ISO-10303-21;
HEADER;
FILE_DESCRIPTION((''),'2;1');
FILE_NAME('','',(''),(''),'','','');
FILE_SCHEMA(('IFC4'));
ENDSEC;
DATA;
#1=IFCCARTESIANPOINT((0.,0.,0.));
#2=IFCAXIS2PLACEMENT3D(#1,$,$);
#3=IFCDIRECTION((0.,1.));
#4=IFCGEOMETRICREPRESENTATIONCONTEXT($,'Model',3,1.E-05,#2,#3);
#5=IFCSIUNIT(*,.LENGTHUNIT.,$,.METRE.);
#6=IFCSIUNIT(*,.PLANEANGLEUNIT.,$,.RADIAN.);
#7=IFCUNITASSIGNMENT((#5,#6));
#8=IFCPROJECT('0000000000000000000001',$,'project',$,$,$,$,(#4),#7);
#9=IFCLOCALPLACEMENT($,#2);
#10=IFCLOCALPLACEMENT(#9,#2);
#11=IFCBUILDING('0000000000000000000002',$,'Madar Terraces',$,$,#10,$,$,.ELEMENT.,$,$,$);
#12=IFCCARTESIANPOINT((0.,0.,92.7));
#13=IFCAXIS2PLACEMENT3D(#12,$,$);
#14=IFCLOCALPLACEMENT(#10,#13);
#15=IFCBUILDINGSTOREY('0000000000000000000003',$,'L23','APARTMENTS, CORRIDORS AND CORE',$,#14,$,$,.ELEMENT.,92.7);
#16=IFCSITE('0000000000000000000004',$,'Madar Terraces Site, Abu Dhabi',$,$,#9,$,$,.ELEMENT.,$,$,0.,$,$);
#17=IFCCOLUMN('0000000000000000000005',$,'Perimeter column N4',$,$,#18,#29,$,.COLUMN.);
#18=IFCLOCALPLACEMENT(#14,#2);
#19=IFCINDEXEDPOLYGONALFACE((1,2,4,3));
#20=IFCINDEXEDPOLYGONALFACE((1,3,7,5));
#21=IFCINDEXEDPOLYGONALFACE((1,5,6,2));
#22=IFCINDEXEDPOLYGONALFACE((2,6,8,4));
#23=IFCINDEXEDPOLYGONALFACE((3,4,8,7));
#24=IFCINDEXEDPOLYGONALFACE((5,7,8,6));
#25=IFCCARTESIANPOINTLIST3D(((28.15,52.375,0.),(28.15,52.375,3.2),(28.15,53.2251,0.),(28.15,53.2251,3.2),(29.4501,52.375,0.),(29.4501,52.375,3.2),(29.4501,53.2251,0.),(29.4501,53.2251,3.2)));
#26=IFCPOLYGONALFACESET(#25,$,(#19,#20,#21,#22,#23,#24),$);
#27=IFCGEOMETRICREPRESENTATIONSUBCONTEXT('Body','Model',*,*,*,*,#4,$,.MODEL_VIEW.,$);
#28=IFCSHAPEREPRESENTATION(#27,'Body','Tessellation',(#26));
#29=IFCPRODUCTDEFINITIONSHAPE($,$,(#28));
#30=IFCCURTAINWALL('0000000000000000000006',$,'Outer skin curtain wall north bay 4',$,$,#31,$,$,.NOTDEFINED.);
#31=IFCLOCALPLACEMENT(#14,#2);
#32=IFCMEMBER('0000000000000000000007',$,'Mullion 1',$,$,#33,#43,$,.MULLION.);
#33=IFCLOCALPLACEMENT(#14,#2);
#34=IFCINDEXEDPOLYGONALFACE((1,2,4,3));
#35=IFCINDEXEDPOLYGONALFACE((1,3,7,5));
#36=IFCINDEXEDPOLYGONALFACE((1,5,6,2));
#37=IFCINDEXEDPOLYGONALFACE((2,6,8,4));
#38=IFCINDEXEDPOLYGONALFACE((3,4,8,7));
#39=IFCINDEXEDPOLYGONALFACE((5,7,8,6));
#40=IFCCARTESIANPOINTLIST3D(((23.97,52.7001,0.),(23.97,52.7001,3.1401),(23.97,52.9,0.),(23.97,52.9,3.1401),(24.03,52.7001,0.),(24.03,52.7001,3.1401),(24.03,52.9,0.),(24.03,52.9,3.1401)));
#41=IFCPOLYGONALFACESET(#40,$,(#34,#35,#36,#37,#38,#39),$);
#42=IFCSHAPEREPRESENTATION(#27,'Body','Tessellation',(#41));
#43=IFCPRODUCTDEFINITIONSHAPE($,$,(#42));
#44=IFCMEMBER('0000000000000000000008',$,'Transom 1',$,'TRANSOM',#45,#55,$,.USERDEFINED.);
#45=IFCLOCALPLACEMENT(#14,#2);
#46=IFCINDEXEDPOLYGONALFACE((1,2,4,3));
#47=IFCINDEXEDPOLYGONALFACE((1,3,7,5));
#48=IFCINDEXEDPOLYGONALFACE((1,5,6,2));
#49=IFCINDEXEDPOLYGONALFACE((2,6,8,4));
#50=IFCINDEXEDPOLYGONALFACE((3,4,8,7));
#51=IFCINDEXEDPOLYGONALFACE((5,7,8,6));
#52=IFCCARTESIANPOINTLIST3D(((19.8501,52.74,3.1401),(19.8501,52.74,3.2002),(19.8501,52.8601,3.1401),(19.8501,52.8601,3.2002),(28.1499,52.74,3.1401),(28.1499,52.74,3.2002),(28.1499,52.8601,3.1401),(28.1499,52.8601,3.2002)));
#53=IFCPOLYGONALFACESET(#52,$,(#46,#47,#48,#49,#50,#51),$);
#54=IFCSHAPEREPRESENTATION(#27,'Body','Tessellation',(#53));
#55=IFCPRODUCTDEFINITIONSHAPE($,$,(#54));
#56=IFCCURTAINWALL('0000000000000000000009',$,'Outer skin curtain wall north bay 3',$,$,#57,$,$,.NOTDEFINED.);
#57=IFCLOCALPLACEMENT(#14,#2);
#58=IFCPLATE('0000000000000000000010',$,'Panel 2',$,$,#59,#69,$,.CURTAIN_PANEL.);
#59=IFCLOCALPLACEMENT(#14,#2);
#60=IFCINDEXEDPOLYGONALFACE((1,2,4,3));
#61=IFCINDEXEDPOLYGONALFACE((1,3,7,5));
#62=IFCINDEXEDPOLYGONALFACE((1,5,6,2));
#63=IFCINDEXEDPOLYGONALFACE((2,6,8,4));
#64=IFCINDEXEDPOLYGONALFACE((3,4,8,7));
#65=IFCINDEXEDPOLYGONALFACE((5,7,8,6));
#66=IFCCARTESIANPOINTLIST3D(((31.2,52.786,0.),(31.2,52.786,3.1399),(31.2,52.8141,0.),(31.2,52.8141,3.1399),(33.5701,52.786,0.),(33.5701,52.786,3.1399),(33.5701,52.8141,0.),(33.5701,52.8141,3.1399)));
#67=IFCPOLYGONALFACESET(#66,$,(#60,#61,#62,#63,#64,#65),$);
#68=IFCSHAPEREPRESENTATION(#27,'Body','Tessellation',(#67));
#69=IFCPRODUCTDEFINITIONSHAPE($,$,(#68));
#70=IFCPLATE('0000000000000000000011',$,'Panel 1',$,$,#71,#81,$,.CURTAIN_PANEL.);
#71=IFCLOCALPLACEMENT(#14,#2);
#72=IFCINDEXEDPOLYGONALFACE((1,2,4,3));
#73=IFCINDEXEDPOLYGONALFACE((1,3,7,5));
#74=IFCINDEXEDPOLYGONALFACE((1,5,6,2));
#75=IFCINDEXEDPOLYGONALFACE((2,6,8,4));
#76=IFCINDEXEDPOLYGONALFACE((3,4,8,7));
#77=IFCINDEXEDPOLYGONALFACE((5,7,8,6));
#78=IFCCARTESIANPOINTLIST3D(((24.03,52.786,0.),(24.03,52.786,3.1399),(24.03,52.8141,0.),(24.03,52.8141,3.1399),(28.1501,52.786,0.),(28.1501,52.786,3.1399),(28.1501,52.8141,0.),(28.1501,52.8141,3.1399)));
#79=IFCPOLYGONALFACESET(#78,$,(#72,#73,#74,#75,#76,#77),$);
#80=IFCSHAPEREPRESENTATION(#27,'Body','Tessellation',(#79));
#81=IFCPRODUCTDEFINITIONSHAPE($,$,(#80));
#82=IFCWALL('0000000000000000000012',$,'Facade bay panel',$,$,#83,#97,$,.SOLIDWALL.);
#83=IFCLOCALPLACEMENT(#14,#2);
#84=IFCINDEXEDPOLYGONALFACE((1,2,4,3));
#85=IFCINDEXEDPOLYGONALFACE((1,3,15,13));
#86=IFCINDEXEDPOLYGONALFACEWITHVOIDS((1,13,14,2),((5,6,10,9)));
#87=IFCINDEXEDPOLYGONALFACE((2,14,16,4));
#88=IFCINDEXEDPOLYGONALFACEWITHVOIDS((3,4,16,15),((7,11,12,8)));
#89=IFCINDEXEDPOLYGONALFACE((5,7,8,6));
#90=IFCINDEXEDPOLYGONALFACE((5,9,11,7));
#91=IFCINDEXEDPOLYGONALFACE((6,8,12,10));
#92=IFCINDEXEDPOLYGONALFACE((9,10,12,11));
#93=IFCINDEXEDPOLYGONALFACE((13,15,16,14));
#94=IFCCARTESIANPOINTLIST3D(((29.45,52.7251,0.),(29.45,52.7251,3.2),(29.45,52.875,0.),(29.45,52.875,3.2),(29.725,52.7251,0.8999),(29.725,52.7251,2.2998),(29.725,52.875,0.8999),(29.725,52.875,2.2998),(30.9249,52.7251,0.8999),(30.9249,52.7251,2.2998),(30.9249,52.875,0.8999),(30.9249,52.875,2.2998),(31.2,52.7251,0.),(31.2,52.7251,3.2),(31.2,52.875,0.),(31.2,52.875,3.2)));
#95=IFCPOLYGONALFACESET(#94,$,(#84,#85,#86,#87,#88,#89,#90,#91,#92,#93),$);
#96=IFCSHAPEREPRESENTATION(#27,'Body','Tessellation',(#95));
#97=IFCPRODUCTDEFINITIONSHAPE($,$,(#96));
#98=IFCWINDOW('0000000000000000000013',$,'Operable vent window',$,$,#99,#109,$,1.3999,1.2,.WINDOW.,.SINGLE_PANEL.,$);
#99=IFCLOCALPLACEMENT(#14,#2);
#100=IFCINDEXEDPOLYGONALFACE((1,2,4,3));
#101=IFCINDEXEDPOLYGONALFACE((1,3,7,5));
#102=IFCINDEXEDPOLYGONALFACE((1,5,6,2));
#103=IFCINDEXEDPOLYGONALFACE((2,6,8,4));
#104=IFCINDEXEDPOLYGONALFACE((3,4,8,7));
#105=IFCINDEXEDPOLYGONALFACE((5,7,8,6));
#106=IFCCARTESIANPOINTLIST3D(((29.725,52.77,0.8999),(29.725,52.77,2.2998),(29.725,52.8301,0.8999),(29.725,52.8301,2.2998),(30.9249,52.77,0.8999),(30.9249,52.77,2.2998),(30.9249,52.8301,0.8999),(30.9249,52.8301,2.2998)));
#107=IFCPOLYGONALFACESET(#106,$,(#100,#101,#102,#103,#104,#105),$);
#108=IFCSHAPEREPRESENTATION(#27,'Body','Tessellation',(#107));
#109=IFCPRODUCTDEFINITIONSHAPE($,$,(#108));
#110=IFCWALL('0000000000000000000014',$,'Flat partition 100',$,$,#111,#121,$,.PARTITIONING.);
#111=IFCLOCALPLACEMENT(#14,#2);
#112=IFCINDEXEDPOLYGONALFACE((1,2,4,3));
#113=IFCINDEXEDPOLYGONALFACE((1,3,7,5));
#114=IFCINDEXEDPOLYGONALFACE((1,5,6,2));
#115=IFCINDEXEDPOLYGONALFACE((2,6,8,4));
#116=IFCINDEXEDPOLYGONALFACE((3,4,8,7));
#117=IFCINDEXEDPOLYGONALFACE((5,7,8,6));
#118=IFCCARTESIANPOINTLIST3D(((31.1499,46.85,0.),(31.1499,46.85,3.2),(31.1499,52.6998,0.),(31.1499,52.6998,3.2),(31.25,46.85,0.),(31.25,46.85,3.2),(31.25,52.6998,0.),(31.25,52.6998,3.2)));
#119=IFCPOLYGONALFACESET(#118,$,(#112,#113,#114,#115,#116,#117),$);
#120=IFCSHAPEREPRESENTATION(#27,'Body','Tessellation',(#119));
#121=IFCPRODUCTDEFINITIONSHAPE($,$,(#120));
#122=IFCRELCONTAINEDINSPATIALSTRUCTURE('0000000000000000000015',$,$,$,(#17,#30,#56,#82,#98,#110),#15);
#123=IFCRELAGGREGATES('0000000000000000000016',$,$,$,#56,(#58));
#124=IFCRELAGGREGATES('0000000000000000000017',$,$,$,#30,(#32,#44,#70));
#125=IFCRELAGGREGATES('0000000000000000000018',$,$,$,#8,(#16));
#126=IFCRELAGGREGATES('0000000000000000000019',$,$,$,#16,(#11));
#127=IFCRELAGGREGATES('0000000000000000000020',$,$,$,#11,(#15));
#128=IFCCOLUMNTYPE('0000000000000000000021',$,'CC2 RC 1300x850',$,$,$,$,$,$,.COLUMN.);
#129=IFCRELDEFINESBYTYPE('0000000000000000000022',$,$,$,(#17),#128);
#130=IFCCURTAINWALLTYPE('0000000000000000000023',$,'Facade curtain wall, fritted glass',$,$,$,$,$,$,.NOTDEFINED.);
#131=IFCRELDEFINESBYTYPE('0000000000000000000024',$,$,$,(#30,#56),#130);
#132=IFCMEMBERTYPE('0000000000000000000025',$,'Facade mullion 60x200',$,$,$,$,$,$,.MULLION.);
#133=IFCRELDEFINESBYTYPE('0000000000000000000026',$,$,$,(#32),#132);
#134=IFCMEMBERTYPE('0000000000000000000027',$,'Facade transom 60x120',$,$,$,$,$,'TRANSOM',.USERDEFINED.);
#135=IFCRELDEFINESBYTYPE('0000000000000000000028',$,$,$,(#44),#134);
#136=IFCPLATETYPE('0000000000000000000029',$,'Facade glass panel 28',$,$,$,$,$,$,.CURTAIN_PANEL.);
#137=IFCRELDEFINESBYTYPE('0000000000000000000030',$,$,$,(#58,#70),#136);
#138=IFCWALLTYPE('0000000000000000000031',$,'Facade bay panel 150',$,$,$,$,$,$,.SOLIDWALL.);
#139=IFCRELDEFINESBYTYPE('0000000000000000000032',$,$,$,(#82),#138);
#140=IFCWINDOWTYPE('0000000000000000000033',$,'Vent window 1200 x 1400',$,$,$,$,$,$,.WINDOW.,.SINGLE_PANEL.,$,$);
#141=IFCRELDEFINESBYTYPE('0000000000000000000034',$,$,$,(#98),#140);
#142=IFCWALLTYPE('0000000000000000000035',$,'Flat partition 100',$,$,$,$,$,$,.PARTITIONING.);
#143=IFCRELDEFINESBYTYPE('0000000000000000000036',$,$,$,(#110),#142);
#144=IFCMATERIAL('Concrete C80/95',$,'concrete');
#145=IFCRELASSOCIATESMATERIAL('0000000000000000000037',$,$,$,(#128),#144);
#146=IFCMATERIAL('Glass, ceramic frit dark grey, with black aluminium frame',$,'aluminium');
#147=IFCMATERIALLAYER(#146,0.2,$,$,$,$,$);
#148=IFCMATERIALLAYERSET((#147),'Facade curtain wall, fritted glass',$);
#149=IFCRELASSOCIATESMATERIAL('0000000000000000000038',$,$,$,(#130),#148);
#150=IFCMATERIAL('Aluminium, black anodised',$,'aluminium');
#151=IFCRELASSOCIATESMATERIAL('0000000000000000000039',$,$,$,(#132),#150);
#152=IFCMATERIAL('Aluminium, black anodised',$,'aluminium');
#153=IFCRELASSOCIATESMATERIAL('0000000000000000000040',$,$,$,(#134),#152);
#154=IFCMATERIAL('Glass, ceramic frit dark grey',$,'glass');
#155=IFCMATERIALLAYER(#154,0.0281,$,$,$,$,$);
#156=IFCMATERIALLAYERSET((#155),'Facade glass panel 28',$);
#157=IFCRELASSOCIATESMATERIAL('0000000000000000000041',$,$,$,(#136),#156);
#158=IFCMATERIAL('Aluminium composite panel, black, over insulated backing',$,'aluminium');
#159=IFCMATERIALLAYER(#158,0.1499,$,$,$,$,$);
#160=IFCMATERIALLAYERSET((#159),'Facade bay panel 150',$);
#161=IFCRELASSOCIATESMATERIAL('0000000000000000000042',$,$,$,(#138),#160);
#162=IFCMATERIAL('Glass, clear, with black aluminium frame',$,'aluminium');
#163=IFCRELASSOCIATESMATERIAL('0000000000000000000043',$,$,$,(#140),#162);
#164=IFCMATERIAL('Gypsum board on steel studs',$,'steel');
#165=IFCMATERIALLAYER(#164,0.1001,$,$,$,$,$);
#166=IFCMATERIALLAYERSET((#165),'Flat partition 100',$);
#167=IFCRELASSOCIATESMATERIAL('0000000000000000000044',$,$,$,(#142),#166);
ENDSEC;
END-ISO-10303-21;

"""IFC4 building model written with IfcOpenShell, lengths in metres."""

from ifc_helpers import new_model, si_unit, direction, frame, frame_2d, origin, origin_2d, place, context, subcontext, project, spatial, rectangle, extrude, material, layer, layer_set, material_profile, profile_set, type_object, element, fill, aggregate, save


model = new_model("IFC4")

# Units and contexts
model_context = context("Model", 3, precision=1e-05, world=origin(), true_north=direction((0.0, 1.0)))
body_context = subcontext(model_context, "Body", "Model", "MODEL_VIEW")
ifc_project = project(units=[si_unit("LENGTHUNIT", "METRE"), si_unit("PLANEANGLEUNIT", "RADIAN")], contexts=[model_context])

# Site, building, storey
site_placement = place(None, origin())
site = spatial("IfcSite", under=ifc_project, at=site_placement, Name="Madar Terraces Site, Abu Dhabi", CompositionType="ELEMENT", RefElevation=0.0)
building_placement = place(site_placement, origin())
building = spatial("IfcBuilding", under=site, at=building_placement, Name="Madar Terraces", CompositionType="ELEMENT")
storey_placement = place(building_placement, frame((0.0, 0.0, 92.7)))
storey = spatial("IfcBuildingStorey", under=building, at=storey_placement, Name="L23", Description="APARTMENTS, CORRIDORS AND CORE", CompositionType="ELEMENT", Elevation=92.7)

# Column
ifc_material_1 = material(Name="Concrete C80/95", Category="concrete")
ifc_material_profile_1 = material_profile(ifc_material_1, rectangle(XDim=1.3, YDim=0.8501, at=origin_2d()), Name="CC2 RC 1300x850")
ifc_profile_set_1 = profile_set([ifc_material_profile_1], Name="Concrete C80/95")
column_type = type_object("IfcColumnType", Name="CC2 RC 1300x850", PredefinedType="COLUMN", material=ifc_profile_set_1)
column_placement = place(storey_placement, frame((28.8, 52.8, 0.0), z_axis=(0.0, 0.0, 1.0), x_axis=(1.0, 0.0, 0.0)))
element("IfcColumn", 1, at=column_placement, inside=storey, type_object=column_type, Name="Perimeter column N4", PredefinedType="COLUMN", context=body_context, shape_type="SweptSolid", body=[
    extrude(rectangle(XDim=1.3, YDim=0.8501, at=origin_2d()), origin(), (0.0, 0.0, 1.0), 3.2),
])

# Curtain wall, members
ifc_material_2 = material(Name="Glass, ceramic frit dark grey, with black aluminium frame", Category="aluminium")
ifc_layer_1 = layer(ifc_material_2, 0.2)
ifc_layer_set_1 = layer_set([ifc_layer_1], Name="Facade curtain wall, fritted glass")
curtain_wall_type = type_object("IfcCurtainWallType", Name="Facade curtain wall, fritted glass", PredefinedType="NOTDEFINED", material=ifc_layer_set_1)
curtain_wall_1_placement = place(storey_placement, origin())
curtain_wall_1 = element("IfcCurtainWall", 2, at=curtain_wall_1_placement, inside=storey, type_object=curtain_wall_type, Name="Outer skin curtain wall north bay 4", PredefinedType="NOTDEFINED")
ifc_material_3 = material(Name="Aluminium, black anodised", Category="aluminium")
ifc_material_profile_2 = material_profile(ifc_material_3, rectangle(XDim=0.2, YDim=0.0601, at=origin_2d()), Name="Facade mullion 60x200")
ifc_profile_set_2 = profile_set([ifc_material_profile_2], Name="Aluminium, black anodised")
member_type_1 = type_object("IfcMemberType", Name="Facade mullion 60x200", PredefinedType="MULLION", material=ifc_profile_set_2)
member_1_placement = place(storey_placement, frame((24.0, 52.8, 0.0), z_axis=(0.0, 0.0, 1.0), x_axis=(0.0, -1.0, 0.0)))
member_1 = element("IfcMember", 3, at=member_1_placement, type_object=member_type_1, Name="Mullion 1", PredefinedType="MULLION", context=body_context, shape_type="SweptSolid", body=[
    extrude(rectangle(XDim=0.2, YDim=0.0601, at=origin_2d()), origin(), (0.0, 0.0, 1.0), 3.1401),
])
ifc_material_4 = material(Name="Aluminium, black anodised", Category="aluminium")
ifc_material_profile_3 = material_profile(ifc_material_4, rectangle(XDim=0.1201, YDim=0.0601, at=origin_2d()), Name="Facade transom 60x120")
ifc_profile_set_3 = profile_set([ifc_material_profile_3], Name="Aluminium, black anodised")
member_type_2 = type_object("IfcMemberType", Name="Facade transom 60x120", ElementType="TRANSOM", PredefinedType="USERDEFINED", material=ifc_profile_set_3)
member_2_placement = place(storey_placement, frame((28.1499, 52.8, 3.1702), z_axis=(-1.0, 0.0, 0.0), x_axis=(0.0, -1.0, 0.0)))
member_2 = element("IfcMember", 4, at=member_2_placement, type_object=member_type_2, Name="Transom 1", ObjectType="TRANSOM", PredefinedType="USERDEFINED", context=body_context, shape_type="SweptSolid", body=[
    extrude(rectangle(XDim=0.1201, YDim=0.0601, at=origin_2d()), origin(), (0.0, 0.0, 1.0), 8.2998),
])

# Curtain wall, plate
curtain_wall_2_placement = place(storey_placement, origin())
curtain_wall_2 = element("IfcCurtainWall", 5, at=curtain_wall_2_placement, inside=storey, type_object=curtain_wall_type, Name="Outer skin curtain wall north bay 3", PredefinedType="NOTDEFINED")
ifc_material_5 = material(Name="Glass, ceramic frit dark grey", Category="glass")
ifc_layer_2 = layer(ifc_material_5, 0.0281)
ifc_layer_set_2 = layer_set([ifc_layer_2], Name="Facade glass panel 28")
plate_type = type_object("IfcPlateType", Name="Facade glass panel 28", PredefinedType="CURTAIN_PANEL", material=ifc_layer_set_2)
plate_1_placement = place(storey_placement, frame((32.385, 52.8, 0.0), z_axis=(0.0, 0.0, 1.0), x_axis=(-1.0, 0.0, 0.0)))
plate_1 = element("IfcPlate", 6, at=plate_1_placement, type_object=plate_type, Name="Panel 2", PredefinedType="CURTAIN_PANEL", context=body_context, shape_type="SweptSolid", body=[
    extrude(rectangle(XDim=2.3701, YDim=0.0281, at=origin_2d()), origin(), (0.0, 0.0, 1.0), 3.1399),
])
aggregate(curtain_wall_2, [plate_1])

# Plate
plate_2_placement = place(storey_placement, frame((26.0901, 52.8, 0.0), z_axis=(0.0, 0.0, 1.0), x_axis=(-1.0, 0.0, 0.0)))
plate_2 = element("IfcPlate", 7, at=plate_2_placement, type_object=plate_type, Name="Panel 1", PredefinedType="CURTAIN_PANEL", context=body_context, shape_type="SweptSolid", body=[
    extrude(rectangle(XDim=4.1201, YDim=0.0281, at=origin_2d()), origin(), (0.0, 0.0, 1.0), 3.1399),
])
aggregate(curtain_wall_1, [member_1, member_2, plate_2])

# Wall, opening, window
ifc_material_6 = material(Name="Aluminium composite panel, black, over insulated backing", Category="aluminium")
ifc_layer_3 = layer(ifc_material_6, 0.1499)
ifc_layer_set_3 = layer_set([ifc_layer_3], Name="Facade bay panel 150")
wall_type_1 = type_object("IfcWallType", Name="Facade bay panel 150", PredefinedType="SOLIDWALL", material=ifc_layer_set_3)
wall_1_placement = place(storey_placement, frame((31.2, 52.8, 0.0), z_axis=(0.0, 0.0, 1.0), x_axis=(-1.0, 0.0, 0.0)))
wall_1 = element("IfcWall", 8, at=wall_1_placement, inside=storey, type_object=wall_type_1, Name="Facade bay panel", PredefinedType="SOLIDWALL", context=body_context, shape_type="SweptSolid", body=[
    extrude(rectangle(XDim=1.75, YDim=0.1499, at=frame_2d((0.875, 0.0))), origin(), (0.0, 0.0, 1.0), 3.2),
])
opening_1_placement = place(wall_1_placement, frame((0.2749, 0.0, 0.8999)))
opening_1 = element("IfcOpeningElement", 9, at=opening_1_placement, cuts=wall_1, PredefinedType="OPENING", context=body_context, shape_type="SweptSolid", body=[
    extrude(rectangle(XDim=1.2, YDim=1.3999, at=frame_2d((0.6001, 0.7))), frame((0.0, 0.085, 0.0), z_axis=(0.0, -1.0, 0.0), x_axis=(1.0, 0.0, 0.0)), (0.0, 0.0, 1.0), 0.1699),
])
ifc_material_7 = material(Name="Glass, clear, with black aluminium frame", Category="aluminium")
window_type = type_object("IfcWindowType", Name="Vent window 1200 x 1400", PartitioningType="SINGLE_PANEL", PredefinedType="WINDOW", material=ifc_material_7)
window_placement = place(opening_1_placement, origin())
window = element("IfcWindow", 10, at=window_placement, inside=storey, type_object=window_type, Name="Operable vent window", OverallHeight=1.3999, OverallWidth=1.2, PartitioningType="SINGLE_PANEL", PredefinedType="WINDOW", context=body_context, shape_type="SweptSolid", body=[
    extrude(rectangle(XDim=1.2, YDim=1.3999, at=frame_2d((0.6001, 0.7))), frame((0.0, 0.03, 0.0), z_axis=(0.0, -1.0, 0.0), x_axis=(1.0, 0.0, 0.0)), (0.0, 0.0, 1.0), 0.0601),
])
fill(opening_1, window)

# Wall
ifc_material_8 = material(Name="Gypsum board on steel studs", Category="steel")
ifc_layer_4 = layer(ifc_material_8, 0.1001)
ifc_layer_set_4 = layer_set([ifc_layer_4], Name="Flat partition 100")
wall_type_2 = type_object("IfcWallType", Name="Flat partition 100", PredefinedType="PARTITIONING", material=ifc_layer_set_4)
wall_2_placement = place(storey_placement, frame((31.2, 46.8501, 0.0), z_axis=(0.0, 0.0, 1.0), x_axis=(0.0, 1.0, 0.0)))
element("IfcWall", 11, at=wall_2_placement, inside=storey, type_object=wall_type_2, Name="Flat partition 100", PredefinedType="PARTITIONING", context=body_context, shape_type="SweptSolid", body=[
    extrude(rectangle(XDim=5.8499, YDim=0.1001, at=frame_2d((2.9248, 0.0))), origin(), (0.0, 0.0, 1.0), 3.2),
])

save(model, "model.ifc")
